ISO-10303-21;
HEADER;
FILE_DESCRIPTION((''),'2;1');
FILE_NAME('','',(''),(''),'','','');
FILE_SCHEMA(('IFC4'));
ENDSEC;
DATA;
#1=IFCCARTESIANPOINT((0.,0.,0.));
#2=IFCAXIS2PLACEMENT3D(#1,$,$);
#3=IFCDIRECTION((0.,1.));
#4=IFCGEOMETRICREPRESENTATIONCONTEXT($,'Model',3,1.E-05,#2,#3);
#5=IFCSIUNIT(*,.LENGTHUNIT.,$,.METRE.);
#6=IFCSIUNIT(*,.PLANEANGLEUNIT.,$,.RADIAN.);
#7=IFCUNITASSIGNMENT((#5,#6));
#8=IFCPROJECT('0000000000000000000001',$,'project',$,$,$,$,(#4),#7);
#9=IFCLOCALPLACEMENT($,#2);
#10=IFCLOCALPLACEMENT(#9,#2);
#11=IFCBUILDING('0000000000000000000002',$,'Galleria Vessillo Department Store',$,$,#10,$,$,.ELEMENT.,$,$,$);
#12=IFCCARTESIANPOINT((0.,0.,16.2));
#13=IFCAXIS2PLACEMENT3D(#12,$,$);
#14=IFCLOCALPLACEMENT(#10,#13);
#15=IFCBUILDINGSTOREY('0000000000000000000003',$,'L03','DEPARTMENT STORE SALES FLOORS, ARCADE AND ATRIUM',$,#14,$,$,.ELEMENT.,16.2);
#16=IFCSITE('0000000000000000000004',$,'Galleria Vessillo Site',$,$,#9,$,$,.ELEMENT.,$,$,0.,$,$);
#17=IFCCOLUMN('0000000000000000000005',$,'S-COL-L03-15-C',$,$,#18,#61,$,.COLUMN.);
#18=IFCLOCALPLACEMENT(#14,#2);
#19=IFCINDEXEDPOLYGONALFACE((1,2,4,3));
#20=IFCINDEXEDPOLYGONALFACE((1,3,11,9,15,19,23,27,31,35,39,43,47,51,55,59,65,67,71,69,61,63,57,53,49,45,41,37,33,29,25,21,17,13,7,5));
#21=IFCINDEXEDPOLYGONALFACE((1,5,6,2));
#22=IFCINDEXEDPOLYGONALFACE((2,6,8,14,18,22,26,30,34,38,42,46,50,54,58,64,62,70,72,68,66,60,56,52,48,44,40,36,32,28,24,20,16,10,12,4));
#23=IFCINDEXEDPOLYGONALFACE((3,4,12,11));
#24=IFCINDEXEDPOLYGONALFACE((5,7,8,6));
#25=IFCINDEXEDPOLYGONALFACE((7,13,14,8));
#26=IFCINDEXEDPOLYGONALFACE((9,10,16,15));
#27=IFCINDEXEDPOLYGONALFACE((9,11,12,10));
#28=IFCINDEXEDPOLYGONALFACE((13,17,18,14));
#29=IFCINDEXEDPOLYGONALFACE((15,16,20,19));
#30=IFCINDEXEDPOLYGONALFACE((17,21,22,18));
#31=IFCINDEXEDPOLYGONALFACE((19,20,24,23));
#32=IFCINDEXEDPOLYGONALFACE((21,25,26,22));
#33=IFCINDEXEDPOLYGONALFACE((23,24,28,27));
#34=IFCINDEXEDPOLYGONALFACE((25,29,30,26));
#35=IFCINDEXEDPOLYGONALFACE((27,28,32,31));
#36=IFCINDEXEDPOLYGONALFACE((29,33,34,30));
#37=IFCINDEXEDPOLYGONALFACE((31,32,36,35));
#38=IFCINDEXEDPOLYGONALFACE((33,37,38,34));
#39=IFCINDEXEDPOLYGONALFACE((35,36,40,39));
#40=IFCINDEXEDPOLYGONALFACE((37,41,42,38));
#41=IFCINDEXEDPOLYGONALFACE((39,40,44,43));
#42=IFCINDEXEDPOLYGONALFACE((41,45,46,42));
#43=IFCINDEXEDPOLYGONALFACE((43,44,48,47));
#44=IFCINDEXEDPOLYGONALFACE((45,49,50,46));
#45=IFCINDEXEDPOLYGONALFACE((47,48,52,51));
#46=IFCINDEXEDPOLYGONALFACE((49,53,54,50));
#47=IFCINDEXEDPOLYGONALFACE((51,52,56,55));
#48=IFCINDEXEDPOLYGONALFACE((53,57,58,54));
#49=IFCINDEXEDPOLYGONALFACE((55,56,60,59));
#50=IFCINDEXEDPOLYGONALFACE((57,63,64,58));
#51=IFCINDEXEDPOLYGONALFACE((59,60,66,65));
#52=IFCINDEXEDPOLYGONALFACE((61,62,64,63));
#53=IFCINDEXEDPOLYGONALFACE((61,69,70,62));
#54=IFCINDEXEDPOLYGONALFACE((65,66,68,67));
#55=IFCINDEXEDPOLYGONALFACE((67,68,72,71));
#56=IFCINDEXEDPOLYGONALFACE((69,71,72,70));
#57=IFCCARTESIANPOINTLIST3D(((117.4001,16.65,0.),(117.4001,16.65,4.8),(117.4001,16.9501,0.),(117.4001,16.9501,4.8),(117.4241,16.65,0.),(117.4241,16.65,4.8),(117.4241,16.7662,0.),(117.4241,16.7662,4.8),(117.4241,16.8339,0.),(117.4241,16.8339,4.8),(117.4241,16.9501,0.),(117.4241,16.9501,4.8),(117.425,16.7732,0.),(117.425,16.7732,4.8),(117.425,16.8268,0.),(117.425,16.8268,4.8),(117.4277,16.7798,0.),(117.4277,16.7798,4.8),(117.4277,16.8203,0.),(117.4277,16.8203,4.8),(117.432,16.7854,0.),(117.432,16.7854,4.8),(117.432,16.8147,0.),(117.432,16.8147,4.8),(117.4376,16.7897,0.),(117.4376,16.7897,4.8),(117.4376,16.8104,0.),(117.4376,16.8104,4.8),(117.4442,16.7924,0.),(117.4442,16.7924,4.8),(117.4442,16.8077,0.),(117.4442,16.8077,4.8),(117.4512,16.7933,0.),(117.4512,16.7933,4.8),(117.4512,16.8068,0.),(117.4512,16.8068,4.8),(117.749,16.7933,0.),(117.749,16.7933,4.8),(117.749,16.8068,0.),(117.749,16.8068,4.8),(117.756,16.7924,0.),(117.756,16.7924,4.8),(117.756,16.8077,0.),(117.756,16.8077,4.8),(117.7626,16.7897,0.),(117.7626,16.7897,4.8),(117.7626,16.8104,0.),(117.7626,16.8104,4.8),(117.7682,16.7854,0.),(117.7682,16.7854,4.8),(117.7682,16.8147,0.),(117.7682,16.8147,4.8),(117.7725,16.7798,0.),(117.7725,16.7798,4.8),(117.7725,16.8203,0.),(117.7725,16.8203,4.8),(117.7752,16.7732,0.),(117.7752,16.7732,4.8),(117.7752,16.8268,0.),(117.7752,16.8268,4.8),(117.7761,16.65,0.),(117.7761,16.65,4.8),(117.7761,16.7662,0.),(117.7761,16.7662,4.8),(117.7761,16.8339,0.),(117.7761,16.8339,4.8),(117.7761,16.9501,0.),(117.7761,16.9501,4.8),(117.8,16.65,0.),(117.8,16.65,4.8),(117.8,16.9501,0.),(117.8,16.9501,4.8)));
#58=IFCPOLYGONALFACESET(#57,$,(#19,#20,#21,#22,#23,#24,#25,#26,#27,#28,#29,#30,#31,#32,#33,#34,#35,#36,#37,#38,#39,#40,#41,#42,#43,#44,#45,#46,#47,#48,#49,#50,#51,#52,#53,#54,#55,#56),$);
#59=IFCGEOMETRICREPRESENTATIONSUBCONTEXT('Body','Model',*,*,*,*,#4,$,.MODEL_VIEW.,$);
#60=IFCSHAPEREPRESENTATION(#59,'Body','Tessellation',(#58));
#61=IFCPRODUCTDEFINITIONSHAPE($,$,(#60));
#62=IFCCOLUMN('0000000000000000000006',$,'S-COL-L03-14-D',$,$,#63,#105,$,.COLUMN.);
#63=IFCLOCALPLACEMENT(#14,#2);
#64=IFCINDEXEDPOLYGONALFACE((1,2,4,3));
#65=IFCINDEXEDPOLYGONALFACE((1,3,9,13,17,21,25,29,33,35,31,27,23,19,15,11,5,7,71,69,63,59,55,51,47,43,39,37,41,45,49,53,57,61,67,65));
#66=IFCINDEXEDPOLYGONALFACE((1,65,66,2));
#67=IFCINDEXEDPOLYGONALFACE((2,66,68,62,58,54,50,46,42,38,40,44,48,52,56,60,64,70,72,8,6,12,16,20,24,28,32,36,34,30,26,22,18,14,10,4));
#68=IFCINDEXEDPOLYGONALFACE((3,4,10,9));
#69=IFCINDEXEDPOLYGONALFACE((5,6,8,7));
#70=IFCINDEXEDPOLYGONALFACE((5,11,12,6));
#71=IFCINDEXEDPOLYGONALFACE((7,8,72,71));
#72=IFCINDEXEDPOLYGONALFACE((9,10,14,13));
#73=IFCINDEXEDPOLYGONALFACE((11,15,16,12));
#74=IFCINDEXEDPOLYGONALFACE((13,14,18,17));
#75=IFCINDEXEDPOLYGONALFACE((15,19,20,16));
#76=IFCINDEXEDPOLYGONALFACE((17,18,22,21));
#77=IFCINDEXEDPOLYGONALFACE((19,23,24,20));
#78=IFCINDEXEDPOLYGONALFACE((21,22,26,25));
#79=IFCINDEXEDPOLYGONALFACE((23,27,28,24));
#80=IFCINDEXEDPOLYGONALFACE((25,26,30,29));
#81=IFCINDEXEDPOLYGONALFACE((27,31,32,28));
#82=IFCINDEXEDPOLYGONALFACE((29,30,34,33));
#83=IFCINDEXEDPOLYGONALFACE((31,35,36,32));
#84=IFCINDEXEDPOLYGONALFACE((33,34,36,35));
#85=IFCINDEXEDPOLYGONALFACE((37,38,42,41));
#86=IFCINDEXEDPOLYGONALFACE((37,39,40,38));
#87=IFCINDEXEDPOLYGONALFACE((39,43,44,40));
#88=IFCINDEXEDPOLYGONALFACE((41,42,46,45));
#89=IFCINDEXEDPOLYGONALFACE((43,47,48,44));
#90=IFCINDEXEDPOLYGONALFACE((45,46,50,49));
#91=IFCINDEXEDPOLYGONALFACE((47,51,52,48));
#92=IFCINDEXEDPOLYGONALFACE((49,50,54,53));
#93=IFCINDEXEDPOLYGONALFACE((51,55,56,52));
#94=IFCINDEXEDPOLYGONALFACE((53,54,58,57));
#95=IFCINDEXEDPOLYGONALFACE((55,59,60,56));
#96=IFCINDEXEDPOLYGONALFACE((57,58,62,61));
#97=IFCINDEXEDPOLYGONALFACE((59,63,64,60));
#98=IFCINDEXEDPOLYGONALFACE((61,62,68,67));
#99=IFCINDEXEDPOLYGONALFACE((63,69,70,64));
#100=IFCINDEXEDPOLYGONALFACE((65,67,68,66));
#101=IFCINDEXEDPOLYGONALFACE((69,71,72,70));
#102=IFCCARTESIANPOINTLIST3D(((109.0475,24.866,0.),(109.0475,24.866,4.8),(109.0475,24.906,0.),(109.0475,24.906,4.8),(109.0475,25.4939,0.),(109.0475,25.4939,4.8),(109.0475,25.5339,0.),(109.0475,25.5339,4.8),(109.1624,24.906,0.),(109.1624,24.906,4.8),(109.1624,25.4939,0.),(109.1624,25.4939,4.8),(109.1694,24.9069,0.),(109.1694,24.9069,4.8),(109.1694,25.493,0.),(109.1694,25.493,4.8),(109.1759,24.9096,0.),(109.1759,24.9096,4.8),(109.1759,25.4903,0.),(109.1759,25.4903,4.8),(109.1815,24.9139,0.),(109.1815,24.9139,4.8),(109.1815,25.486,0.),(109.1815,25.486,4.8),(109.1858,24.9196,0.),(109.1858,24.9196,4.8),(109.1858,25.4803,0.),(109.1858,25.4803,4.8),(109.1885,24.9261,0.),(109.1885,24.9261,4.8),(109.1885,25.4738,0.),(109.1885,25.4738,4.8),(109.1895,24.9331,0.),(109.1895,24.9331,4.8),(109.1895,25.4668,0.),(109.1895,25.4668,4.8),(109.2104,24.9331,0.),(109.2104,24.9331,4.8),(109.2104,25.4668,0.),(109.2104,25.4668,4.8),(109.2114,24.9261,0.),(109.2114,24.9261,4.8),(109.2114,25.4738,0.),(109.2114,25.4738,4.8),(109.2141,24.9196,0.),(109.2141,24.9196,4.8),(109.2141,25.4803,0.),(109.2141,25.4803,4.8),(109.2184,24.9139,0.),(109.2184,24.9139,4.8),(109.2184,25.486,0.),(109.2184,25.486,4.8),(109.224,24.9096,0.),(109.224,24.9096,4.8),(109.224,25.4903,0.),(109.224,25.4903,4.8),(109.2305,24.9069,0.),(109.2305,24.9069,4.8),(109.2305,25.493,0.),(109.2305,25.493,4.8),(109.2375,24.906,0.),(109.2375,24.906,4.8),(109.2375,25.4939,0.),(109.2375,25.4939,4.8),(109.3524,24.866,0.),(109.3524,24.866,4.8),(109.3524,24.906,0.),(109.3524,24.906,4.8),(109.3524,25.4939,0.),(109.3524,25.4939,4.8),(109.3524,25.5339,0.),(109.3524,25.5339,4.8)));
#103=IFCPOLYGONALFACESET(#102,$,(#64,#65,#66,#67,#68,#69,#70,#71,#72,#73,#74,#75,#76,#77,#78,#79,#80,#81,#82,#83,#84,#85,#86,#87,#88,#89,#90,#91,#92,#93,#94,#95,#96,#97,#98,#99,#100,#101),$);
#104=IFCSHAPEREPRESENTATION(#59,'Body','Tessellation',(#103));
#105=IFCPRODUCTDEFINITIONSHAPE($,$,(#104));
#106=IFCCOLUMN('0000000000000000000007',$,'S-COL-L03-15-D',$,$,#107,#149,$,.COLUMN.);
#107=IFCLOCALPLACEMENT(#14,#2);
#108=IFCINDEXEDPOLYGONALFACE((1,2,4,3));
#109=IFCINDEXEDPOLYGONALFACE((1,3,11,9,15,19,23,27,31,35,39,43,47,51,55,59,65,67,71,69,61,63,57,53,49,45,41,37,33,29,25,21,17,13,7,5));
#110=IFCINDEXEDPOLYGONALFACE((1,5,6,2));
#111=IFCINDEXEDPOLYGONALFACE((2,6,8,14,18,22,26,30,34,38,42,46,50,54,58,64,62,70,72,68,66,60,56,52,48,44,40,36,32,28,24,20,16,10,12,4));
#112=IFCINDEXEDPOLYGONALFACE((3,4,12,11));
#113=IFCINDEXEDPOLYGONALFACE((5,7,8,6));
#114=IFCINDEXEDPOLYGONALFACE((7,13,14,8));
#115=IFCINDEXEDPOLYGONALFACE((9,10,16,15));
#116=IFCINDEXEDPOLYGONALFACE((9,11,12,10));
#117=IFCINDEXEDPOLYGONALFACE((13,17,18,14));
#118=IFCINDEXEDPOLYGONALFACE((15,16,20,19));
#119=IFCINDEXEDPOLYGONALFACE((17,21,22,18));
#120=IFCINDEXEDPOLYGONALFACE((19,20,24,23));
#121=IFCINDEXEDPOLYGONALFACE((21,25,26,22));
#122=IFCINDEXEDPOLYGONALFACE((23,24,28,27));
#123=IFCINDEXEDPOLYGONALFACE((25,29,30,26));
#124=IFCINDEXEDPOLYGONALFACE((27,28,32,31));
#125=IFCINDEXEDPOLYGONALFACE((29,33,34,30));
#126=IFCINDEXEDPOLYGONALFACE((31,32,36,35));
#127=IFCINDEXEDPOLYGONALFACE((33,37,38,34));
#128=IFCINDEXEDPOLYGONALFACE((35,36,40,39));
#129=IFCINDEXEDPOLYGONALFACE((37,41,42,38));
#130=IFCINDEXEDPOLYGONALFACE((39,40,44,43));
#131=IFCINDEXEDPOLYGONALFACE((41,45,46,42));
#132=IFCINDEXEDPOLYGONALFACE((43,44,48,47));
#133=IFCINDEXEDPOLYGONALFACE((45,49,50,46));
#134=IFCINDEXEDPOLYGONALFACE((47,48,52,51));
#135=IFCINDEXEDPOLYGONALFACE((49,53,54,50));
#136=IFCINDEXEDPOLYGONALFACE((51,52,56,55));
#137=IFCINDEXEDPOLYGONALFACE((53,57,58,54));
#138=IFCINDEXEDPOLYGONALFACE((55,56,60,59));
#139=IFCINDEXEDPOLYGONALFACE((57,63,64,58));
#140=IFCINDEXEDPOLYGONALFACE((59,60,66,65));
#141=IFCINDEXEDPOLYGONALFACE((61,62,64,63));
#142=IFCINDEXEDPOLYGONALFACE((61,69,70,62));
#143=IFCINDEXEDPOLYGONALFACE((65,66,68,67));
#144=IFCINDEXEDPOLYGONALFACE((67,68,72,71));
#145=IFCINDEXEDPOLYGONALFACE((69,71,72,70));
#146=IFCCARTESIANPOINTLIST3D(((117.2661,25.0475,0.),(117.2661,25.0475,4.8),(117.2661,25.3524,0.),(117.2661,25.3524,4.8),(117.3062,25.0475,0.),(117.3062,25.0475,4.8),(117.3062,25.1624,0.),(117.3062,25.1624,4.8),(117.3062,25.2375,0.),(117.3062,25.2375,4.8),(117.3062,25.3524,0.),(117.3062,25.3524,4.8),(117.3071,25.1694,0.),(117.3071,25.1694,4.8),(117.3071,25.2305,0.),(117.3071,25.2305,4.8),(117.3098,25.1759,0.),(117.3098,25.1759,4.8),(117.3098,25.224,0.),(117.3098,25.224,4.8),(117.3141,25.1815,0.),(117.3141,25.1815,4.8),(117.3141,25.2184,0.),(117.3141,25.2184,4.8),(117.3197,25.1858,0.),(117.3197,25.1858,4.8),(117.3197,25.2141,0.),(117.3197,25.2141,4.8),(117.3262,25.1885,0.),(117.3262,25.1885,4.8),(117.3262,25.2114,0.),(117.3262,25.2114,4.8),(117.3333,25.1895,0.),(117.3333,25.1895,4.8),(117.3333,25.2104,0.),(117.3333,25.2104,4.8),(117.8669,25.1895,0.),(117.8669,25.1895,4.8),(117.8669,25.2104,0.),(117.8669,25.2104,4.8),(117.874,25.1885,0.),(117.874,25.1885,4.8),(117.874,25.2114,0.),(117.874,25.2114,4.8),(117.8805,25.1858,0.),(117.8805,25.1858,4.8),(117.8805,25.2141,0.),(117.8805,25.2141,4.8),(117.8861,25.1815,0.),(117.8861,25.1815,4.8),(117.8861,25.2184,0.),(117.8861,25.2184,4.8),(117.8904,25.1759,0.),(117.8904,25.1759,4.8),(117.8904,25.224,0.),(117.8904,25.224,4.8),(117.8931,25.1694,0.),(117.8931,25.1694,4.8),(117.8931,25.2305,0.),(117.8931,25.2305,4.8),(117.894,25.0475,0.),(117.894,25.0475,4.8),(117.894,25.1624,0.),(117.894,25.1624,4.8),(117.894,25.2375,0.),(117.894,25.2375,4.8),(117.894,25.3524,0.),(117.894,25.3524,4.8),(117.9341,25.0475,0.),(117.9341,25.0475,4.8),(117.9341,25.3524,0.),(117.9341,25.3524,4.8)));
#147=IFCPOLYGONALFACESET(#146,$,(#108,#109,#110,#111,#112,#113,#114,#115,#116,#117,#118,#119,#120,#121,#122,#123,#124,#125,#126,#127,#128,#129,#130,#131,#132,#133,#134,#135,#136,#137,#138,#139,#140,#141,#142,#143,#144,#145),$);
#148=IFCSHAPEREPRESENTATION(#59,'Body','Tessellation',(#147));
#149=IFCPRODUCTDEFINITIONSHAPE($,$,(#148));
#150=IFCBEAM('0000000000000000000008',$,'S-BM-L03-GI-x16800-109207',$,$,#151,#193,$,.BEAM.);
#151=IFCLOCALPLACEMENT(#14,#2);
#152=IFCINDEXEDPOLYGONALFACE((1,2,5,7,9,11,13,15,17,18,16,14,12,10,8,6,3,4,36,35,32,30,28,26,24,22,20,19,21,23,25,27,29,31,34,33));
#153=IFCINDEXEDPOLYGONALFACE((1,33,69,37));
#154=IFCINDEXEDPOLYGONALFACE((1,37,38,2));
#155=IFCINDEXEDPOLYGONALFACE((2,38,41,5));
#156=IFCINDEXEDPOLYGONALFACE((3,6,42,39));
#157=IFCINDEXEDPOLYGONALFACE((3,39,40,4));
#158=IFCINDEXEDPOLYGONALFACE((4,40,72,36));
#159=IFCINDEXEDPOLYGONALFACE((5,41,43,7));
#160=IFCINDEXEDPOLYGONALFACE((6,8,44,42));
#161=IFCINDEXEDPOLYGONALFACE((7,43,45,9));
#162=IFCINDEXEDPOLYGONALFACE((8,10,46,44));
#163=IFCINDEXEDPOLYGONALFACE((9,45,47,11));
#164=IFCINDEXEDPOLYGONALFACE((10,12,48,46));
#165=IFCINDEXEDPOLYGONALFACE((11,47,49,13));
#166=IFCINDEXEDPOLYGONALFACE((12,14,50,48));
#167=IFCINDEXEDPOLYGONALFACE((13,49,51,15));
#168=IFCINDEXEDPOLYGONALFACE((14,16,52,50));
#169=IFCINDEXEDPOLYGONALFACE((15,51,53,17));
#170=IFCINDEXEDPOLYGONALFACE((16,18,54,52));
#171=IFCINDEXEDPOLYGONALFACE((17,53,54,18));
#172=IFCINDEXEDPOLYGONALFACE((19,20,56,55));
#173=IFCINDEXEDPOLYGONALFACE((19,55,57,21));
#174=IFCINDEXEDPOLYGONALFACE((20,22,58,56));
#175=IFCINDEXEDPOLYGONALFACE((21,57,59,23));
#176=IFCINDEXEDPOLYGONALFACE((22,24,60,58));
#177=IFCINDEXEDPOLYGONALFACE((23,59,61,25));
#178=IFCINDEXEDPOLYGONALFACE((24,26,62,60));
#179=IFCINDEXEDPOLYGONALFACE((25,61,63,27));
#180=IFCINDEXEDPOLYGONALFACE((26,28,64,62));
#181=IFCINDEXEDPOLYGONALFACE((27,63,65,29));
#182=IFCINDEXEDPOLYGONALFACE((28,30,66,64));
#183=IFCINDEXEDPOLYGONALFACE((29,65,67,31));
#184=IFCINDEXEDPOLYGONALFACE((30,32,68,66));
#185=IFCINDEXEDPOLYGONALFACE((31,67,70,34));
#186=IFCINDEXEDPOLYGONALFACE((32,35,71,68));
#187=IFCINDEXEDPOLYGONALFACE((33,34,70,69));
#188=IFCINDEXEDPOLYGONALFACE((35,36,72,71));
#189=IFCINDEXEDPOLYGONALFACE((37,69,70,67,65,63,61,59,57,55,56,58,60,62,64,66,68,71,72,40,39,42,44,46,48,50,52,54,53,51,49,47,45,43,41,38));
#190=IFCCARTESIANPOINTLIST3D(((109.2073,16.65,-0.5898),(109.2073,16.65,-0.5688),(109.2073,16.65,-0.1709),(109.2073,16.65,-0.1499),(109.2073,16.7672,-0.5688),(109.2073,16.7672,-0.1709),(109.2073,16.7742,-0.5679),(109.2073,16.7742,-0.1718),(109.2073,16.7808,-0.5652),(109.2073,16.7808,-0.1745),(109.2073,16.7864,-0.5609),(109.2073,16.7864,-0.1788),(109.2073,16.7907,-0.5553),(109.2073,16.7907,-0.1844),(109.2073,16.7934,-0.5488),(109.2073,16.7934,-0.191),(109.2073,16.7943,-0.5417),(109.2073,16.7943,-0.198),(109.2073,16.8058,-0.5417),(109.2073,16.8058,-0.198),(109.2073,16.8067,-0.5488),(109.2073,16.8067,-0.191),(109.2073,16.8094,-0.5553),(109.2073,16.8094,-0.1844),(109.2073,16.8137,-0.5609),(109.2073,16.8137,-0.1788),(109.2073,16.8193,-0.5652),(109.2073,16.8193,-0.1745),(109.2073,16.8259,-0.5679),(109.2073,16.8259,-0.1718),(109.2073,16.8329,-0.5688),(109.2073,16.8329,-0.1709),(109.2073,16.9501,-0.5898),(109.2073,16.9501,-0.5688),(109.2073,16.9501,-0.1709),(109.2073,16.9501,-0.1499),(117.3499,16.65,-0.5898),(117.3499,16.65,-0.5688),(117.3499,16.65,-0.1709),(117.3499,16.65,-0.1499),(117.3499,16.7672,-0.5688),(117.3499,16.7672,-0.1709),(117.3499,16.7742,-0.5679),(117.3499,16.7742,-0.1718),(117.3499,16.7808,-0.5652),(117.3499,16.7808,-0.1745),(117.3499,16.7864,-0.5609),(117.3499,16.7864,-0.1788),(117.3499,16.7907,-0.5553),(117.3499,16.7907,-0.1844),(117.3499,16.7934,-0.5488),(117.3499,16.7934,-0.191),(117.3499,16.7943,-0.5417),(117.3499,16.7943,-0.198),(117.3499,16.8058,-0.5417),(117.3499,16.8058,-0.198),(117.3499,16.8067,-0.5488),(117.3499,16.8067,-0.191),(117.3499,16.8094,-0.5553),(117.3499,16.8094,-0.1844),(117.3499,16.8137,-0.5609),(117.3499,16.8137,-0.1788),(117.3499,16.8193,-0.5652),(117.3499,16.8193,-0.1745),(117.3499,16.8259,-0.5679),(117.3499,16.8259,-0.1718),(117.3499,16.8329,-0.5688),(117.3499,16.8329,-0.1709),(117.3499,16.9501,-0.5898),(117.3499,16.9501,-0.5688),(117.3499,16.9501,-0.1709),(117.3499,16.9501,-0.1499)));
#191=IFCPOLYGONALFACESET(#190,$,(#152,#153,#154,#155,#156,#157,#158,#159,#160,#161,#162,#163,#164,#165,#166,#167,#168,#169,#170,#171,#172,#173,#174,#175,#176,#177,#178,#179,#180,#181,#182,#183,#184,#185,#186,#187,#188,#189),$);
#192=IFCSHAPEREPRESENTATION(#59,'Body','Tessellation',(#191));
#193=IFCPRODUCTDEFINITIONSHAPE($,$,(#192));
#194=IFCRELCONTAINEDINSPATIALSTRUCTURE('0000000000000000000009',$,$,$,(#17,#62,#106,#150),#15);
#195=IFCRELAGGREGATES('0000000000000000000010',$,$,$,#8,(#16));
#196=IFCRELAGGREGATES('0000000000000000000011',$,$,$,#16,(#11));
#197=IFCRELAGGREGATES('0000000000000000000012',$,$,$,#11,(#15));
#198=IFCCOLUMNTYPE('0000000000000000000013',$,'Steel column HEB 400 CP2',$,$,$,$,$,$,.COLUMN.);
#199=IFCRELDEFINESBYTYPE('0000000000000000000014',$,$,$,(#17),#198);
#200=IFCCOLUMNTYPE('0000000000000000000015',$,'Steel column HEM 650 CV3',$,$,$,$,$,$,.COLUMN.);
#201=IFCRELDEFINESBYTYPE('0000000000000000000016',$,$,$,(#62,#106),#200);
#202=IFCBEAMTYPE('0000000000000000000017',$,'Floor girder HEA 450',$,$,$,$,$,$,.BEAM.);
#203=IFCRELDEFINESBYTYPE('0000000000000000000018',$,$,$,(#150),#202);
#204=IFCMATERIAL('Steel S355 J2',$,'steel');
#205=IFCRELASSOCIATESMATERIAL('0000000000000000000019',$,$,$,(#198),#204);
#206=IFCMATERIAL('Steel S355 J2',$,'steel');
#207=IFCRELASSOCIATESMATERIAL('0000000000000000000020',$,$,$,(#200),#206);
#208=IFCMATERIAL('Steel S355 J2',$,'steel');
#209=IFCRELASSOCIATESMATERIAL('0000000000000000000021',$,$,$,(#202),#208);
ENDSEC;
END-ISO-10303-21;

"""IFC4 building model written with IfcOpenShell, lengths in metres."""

from ifc_helpers import new_model, si_unit, direction, frame, origin, origin_2d, place, context, subcontext, project, spatial, i_section, extrude, material, material_profile, profile_set, type_object, element, save


model = new_model("IFC4")

# Units and contexts
model_context = context("Model", 3, precision=1e-05, world=origin(), true_north=direction((0.0, 1.0)))
body_context = subcontext(model_context, "Body", "Model", "MODEL_VIEW")
ifc_project = project(units=[si_unit("LENGTHUNIT", "METRE"), si_unit("PLANEANGLEUNIT", "RADIAN")], contexts=[model_context])

# Site, building, storey
site_placement = place(None, origin())
site = spatial("IfcSite", under=ifc_project, at=site_placement, Name="Galleria Vessillo Site", CompositionType="ELEMENT", RefElevation=0.0)
building_placement = place(site_placement, origin())
building = spatial("IfcBuilding", under=site, at=building_placement, Name="Galleria Vessillo Department Store", CompositionType="ELEMENT")
storey_placement = place(building_placement, frame((0.0, 0.0, 16.2)))
storey = spatial("IfcBuildingStorey", under=building, at=storey_placement, Name="L03", Description="DEPARTMENT STORE SALES FLOORS, ARCADE AND ATRIUM", CompositionType="ELEMENT", Elevation=16.2)

# Columns
ifc_material_1 = material(Name="Steel S355 J2", Category="steel")
ifc_material_profile_1 = material_profile(ifc_material_1, i_section(OverallWidth=0.3, OverallDepth=0.3999, WebThickness=0.0134, FlangeThickness=0.0239, FilletRadius=0.0271, at=origin_2d()), Name="HEB 400")
ifc_profile_set_1 = profile_set([ifc_material_profile_1], Name="Steel S355 J2")
column_type_1 = type_object("IfcColumnType", Name="Steel column HEB 400 CP2", PredefinedType="COLUMN", material=ifc_profile_set_1)
column_placement = place(storey_placement, frame((117.6001, 16.8, 0.0), z_axis=(0.0, 0.0, 1.0), x_axis=(0.0, 1.0, 0.0)))
element("IfcColumn", 1, at=column_placement, inside=storey, type_object=column_type_1, Name="S-COL-L03-15-C", PredefinedType="COLUMN", context=body_context, shape_type="SweptSolid", body=[
    extrude(i_section(OverallWidth=0.3, OverallDepth=0.3999, WebThickness=0.0134, FlangeThickness=0.0239, FilletRadius=0.0271, at=origin_2d()), origin(), (0.0, 0.0, 1.0), 4.8),
])
ifc_material_2 = material(Name="Steel S355 J2", Category="steel")
ifc_material_profile_2 = material_profile(ifc_material_2, i_section(OverallWidth=0.3049, OverallDepth=0.668, WebThickness=0.021, FlangeThickness=0.04, FilletRadius=0.0271, at=origin_2d()), Name="HEM 650")
ifc_profile_set_2 = profile_set([ifc_material_profile_2], Name="Steel S355 J2")
column_type_2 = type_object("IfcColumnType", Name="Steel column HEM 650 CV3", PredefinedType="COLUMN", material=ifc_profile_set_2)
for number, where, z_axis, x_axis, name in (
    (2, (109.2, 25.2, 0.0), (0.0, 0.0, 1.0), (1.0, 0.0, 0.0), "S-COL-L03-14-D"),
    (3, (117.6001, 25.2, 0.0), (0.0, 0.0, 1.0), (0.0, 1.0, 0.0), "S-COL-L03-15-D"),
):
    element("IfcColumn", number, at=place(storey_placement, frame(where, z_axis=z_axis, x_axis=x_axis)), inside=storey, type_object=column_type_2, Name=name, PredefinedType="COLUMN", context=body_context, shape_type="SweptSolid", body=[
        extrude(i_section(OverallWidth=0.3049, OverallDepth=0.668, WebThickness=0.021, FlangeThickness=0.04, FilletRadius=0.0271, at=origin_2d()), origin(), (0.0, 0.0, 1.0), 4.8),
    ])

# Beam
ifc_material_3 = material(Name="Steel S355 J2", Category="steel")
ifc_material_profile_3 = material_profile(ifc_material_3, i_section(OverallWidth=0.3, OverallDepth=0.4399, WebThickness=0.0115, FlangeThickness=0.021, FilletRadius=0.0271, at=origin_2d()), Name="HEA 450")
ifc_profile_set_3 = profile_set([ifc_material_profile_3], Name="Steel S355 J2")
beam_type_1 = type_object("IfcBeamType", Name="Floor girder HEA 450", PredefinedType="BEAM", material=ifc_profile_set_3)
beam_1_placement = place(storey_placement, frame((109.2073, 16.8, -0.3699), z_axis=(1.0, 0.0, 0.0), x_axis=(0.0, 1.0, 0.0)))
element("IfcBeam", 4, at=beam_1_placement, inside=storey, type_object=beam_type_1, Name="S-BM-L03-GI-x16800-109207", PredefinedType="BEAM", context=body_context, shape_type="SweptSolid", body=[
    extrude(i_section(OverallWidth=0.3, OverallDepth=0.4399, WebThickness=0.0115, FlangeThickness=0.021, FilletRadius=0.0271, at=origin_2d()), origin(), (0.0, 0.0, 1.0), 8.1426),
])

save(model, "model.ifc")
